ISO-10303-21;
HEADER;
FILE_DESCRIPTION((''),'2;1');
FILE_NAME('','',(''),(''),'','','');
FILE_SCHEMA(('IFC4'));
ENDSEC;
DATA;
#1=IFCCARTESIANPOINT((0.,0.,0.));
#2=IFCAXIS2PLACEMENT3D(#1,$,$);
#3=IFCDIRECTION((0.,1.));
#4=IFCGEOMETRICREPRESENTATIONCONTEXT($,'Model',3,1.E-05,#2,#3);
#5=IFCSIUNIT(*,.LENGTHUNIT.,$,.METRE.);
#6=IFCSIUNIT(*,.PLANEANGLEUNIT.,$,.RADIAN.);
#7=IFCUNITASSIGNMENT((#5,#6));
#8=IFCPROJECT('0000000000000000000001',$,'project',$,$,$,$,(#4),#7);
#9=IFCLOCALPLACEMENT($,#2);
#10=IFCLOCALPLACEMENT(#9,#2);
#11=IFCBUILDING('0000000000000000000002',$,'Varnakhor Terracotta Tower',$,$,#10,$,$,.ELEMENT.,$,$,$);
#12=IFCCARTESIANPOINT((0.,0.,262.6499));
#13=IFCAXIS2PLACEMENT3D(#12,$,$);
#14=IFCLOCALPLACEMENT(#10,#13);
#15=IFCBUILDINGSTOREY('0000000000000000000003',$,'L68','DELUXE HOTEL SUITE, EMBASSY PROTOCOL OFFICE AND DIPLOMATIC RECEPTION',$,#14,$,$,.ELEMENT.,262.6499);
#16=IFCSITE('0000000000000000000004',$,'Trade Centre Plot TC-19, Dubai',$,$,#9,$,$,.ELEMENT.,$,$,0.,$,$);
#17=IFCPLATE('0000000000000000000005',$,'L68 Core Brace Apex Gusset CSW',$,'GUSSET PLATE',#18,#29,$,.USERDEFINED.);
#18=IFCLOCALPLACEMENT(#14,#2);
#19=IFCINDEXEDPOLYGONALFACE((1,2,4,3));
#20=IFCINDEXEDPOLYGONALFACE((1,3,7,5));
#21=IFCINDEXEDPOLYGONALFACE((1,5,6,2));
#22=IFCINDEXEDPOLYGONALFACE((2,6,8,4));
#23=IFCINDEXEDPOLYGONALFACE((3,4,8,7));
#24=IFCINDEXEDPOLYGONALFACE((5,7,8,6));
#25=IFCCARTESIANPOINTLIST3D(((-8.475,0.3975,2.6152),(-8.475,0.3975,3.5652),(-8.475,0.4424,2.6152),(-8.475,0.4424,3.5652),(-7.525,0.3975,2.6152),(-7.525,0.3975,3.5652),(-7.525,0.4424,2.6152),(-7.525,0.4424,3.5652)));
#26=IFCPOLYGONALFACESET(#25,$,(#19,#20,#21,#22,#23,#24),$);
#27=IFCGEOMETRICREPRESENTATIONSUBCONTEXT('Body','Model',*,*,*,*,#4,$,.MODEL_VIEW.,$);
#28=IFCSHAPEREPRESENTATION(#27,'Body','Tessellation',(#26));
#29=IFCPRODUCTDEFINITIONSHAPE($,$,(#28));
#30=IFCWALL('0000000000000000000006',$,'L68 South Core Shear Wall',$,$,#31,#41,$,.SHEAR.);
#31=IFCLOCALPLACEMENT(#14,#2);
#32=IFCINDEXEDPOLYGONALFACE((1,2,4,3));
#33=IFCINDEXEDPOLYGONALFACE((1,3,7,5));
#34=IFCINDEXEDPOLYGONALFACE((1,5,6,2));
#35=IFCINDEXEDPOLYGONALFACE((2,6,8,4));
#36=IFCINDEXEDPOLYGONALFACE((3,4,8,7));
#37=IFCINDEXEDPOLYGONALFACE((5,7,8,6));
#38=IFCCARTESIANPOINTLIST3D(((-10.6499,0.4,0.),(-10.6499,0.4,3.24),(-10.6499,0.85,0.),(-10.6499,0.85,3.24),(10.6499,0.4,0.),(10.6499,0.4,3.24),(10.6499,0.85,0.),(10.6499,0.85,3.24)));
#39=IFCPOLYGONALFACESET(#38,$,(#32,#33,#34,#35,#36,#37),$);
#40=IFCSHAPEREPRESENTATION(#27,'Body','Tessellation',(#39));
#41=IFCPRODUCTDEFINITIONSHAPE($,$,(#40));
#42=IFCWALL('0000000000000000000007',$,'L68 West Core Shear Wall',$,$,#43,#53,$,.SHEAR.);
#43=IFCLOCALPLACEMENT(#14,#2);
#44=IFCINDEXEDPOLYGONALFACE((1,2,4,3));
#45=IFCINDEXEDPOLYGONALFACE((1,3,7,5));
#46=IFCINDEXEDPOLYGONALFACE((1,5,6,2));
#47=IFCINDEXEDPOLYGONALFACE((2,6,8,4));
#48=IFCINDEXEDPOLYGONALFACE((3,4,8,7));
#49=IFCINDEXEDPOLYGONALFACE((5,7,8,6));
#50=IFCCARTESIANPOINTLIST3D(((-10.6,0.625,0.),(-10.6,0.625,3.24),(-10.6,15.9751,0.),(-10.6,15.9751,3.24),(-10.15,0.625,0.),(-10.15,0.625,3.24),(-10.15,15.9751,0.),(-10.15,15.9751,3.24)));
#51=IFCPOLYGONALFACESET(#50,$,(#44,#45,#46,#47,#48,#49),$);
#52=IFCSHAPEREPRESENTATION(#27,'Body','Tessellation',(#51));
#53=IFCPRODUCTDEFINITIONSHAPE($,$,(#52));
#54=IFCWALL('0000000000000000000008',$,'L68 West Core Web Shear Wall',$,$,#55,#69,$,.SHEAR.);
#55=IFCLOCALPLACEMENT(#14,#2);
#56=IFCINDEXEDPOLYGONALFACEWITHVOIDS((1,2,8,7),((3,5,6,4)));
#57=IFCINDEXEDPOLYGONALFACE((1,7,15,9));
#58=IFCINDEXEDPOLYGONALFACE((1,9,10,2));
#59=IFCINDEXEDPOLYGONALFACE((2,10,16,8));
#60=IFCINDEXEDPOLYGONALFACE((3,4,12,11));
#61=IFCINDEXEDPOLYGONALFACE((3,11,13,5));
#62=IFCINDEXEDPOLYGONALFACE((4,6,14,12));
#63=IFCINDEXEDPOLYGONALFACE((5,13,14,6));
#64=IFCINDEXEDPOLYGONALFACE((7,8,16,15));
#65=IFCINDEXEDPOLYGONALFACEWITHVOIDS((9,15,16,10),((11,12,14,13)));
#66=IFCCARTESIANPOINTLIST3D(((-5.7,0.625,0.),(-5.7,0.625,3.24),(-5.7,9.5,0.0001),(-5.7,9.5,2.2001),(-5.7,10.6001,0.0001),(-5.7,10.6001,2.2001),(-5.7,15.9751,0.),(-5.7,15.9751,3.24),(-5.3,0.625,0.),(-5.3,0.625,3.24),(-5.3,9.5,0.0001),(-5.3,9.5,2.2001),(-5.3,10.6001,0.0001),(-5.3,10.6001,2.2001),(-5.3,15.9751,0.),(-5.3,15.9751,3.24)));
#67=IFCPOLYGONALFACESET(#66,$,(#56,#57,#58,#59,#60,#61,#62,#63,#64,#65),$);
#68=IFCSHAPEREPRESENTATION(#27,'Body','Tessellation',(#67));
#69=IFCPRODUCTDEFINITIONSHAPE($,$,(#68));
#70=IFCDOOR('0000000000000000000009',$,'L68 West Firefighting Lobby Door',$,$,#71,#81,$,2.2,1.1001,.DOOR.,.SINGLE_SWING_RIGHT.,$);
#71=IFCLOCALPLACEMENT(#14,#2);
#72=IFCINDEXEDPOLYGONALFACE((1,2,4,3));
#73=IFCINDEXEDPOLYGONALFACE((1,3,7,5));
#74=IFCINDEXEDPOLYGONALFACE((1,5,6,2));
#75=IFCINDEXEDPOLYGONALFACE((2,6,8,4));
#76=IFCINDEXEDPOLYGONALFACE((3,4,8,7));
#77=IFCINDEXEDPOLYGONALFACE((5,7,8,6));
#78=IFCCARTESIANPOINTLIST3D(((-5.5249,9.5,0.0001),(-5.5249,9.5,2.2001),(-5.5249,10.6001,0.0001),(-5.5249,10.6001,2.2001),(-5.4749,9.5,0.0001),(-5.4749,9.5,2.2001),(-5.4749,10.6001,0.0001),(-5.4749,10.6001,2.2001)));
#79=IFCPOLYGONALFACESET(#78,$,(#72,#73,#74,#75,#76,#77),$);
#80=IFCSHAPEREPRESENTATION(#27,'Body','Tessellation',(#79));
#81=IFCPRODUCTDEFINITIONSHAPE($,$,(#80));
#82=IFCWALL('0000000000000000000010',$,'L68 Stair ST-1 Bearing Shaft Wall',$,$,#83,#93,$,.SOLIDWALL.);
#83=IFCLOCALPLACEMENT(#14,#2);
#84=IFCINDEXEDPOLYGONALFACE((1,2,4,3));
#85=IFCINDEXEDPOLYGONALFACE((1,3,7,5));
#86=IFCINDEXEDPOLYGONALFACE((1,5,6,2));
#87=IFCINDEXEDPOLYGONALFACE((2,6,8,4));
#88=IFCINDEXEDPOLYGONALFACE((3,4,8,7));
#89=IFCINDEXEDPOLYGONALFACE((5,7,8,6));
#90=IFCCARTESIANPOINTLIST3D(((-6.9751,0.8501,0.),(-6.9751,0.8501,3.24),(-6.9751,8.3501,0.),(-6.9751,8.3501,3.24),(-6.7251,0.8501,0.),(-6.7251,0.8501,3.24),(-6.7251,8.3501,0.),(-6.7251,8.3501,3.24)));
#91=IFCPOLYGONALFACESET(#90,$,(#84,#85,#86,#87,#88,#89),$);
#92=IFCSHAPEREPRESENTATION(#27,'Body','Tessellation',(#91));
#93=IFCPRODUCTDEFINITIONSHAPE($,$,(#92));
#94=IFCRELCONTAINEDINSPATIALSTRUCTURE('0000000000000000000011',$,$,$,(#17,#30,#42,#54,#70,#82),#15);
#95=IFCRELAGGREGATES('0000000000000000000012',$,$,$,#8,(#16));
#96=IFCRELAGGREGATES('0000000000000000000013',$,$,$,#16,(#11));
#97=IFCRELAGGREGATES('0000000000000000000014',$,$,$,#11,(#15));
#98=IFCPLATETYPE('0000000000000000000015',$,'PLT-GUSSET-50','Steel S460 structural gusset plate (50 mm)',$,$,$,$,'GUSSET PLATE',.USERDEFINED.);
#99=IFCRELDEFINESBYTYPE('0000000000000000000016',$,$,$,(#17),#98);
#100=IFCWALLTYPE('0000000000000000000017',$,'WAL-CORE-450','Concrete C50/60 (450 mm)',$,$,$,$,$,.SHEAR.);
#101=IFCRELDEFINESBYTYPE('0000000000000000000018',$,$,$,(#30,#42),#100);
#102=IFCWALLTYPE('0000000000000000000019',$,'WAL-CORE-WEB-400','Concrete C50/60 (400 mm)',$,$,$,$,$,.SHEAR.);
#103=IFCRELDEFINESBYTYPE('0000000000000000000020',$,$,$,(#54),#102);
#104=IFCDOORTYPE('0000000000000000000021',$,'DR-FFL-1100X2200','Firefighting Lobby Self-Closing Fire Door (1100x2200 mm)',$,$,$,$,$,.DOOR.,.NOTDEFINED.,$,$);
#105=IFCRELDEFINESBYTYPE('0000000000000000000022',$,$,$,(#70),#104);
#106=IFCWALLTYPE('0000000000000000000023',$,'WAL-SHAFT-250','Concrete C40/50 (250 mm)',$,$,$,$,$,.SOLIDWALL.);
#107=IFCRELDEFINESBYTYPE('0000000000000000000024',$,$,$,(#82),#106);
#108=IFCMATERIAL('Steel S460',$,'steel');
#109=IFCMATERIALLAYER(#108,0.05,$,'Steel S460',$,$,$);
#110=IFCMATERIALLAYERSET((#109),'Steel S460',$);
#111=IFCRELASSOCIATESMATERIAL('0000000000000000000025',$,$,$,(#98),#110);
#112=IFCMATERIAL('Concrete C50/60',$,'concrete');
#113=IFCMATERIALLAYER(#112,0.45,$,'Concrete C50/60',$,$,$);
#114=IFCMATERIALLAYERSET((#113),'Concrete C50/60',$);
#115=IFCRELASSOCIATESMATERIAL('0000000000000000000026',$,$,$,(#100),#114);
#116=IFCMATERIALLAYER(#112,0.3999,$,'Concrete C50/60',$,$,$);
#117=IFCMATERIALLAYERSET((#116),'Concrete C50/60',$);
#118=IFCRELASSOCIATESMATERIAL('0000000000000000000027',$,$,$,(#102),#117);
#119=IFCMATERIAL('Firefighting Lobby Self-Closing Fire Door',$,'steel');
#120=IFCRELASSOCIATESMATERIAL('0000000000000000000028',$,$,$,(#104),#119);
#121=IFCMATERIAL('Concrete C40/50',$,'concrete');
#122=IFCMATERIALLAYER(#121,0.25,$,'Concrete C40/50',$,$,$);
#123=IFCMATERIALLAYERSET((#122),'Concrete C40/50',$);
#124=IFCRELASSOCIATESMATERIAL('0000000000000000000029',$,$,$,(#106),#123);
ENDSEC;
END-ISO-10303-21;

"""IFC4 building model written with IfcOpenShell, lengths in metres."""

from ifc_helpers import new_model, si_unit, direction, frame, frame_2d, origin, origin_2d, place, context, subcontext, project, spatial, rectangle, extrude, source, transform, mapped, material, layer, layer_set, type_object, type_shapes, element, fill, save


model = new_model("IFC4")

# Units and contexts
model_context = context("Model", 3, precision=1e-05, world=origin(), true_north=direction((0.0, 1.0)))
body_context = subcontext(model_context, "Body", "Model", "MODEL_VIEW")
ifc_project = project(units=[si_unit("LENGTHUNIT", "METRE"), si_unit("PLANEANGLEUNIT", "RADIAN")], contexts=[model_context])

# Site, building, storey
site_placement = place(None, origin())
site = spatial("IfcSite", under=ifc_project, at=site_placement, Name="Trade Centre Plot TC-19, Dubai", CompositionType="ELEMENT", RefElevation=0.0)
building_placement = place(site_placement, origin())
building = spatial("IfcBuilding", under=site, at=building_placement, Name="Varnakhor Terracotta Tower", CompositionType="ELEMENT")
storey_placement = place(building_placement, frame((0.0, 0.0, 262.6499)))
storey = spatial("IfcBuildingStorey", under=building, at=storey_placement, Name="L68", Description="DELUXE HOTEL SUITE, EMBASSY PROTOCOL OFFICE AND DIPLOMATIC RECEPTION", CompositionType="ELEMENT", Elevation=262.6499)

# Shared definitions
ifc_material_1 = material(Name="Concrete C50/60", Category="concrete")

# Plate
ifc_material_2 = material(Name="Steel S460", Category="steel")
ifc_layer_1 = layer(ifc_material_2, 0.05, Name="Steel S460")
ifc_layer_set_1 = layer_set([ifc_layer_1], Name="Steel S460")
plate_type = type_object("IfcPlateType", Name="PLT-GUSSET-50", Description="Steel S460 structural gusset plate (50 mm)", ElementType="GUSSET PLATE", PredefinedType="USERDEFINED", material=ifc_layer_set_1)
shared_shape_1 = source(origin(), body_context, "Body", "SweptSolid", [
    extrude(rectangle(XDim=0.95, YDim=0.0449, at=origin_2d()), origin(), (0.0, 0.0, 1.0), 0.95),
])
plate_placement = place(storey_placement, frame((-8.0, 0.4199, 2.6152), z_axis=(0.0, 0.0, 1.0), x_axis=(1.0, 0.0, 0.0)))
element("IfcPlate", 1, at=plate_placement, inside=storey, type_object=plate_type, Name="L68 Core Brace Apex Gusset CSW", ObjectType="GUSSET PLATE", PredefinedType="USERDEFINED", context=body_context, shape_type="MappedRepresentation", body=[
    mapped(shared_shape_1, transform((0.0, 0.0, 0.0), scale=1.0)),
])

# Walls
ifc_layer_2 = layer(ifc_material_1, 0.45, Name="Concrete C50/60")
ifc_layer_set_2 = layer_set([ifc_layer_2], Name="Concrete C50/60")
wall_type_1 = type_object("IfcWallType", Name="WAL-CORE-450", Description="Concrete C50/60 (450 mm)", PredefinedType="SHEAR", material=ifc_layer_set_2)
wall_1_placement = place(storey_placement, frame((-10.6499, 0.625, 0.0), z_axis=(0.0, 0.0, 1.0), x_axis=(1.0, 0.0, 0.0)))
element("IfcWall", 2, at=wall_1_placement, inside=storey, type_object=wall_type_1, Name="L68 South Core Shear Wall", PredefinedType="SHEAR", context=body_context, shape_type="SweptSolid", body=[
    extrude(rectangle(XDim=21.2998, YDim=0.45, at=frame_2d((10.6499, 0.0))), origin(), (0.0, 0.0, 1.0), 3.24),
])
wall_2_placement = place(storey_placement, frame((-10.375, 0.625, 0.0), z_axis=(0.0, 0.0, 1.0), x_axis=(0.0, 1.0, 0.0)))
element("IfcWall", 3, at=wall_2_placement, inside=storey, type_object=wall_type_1, Name="L68 West Core Shear Wall", PredefinedType="SHEAR", context=body_context, shape_type="SweptSolid", body=[
    extrude(rectangle(XDim=15.3501, YDim=0.45, at=frame_2d((7.675, 0.0))), origin(), (0.0, 0.0, 1.0), 3.24),
])

# Wall, opening, door
ifc_layer_3 = layer(ifc_material_1, 0.3999, Name="Concrete C50/60")
ifc_layer_set_3 = layer_set([ifc_layer_3], Name="Concrete C50/60")
wall_type_2 = type_object("IfcWallType", Name="WAL-CORE-WEB-400", Description="Concrete C50/60 (400 mm)", PredefinedType="SHEAR", material=ifc_layer_set_3)
wall_3_placement = place(storey_placement, frame((-5.5, 0.625, 0.0), z_axis=(0.0, 0.0, 1.0), x_axis=(0.0, 1.0, 0.0)))
wall_3 = element("IfcWall", 4, at=wall_3_placement, inside=storey, type_object=wall_type_2, Name="L68 West Core Web Shear Wall", PredefinedType="SHEAR", context=body_context, shape_type="SweptSolid", body=[
    extrude(rectangle(XDim=15.3501, YDim=0.3999, at=frame_2d((7.675, 0.0))), origin(), (0.0, 0.0, 1.0), 3.24),
])
opening_placement = place(wall_3_placement, frame((8.875, 0.0, 0.0)))
opening = element("IfcOpeningElement", 5, at=opening_placement, cuts=wall_3, PredefinedType="OPENING", context=body_context, shape_type="SweptSolid", body=[
    extrude(rectangle(XDim=1.1001, YDim=2.2, at=frame_2d((0.55, 1.1001))), frame((0.0, 0.21, 0.0), z_axis=(0.0, -1.0, 0.0), x_axis=(1.0, 0.0, 0.0)), (0.0, 0.0, 1.0), 0.4199),
])
ifc_material_3 = material(Name="Firefighting Lobby Self-Closing Fire Door", Category="steel")
door_type = type_object("IfcDoorType", Name="DR-FFL-1100X2200", Description="Firefighting Lobby Self-Closing Fire Door (1100x2200 mm)", OperationType="NOTDEFINED", PredefinedType="DOOR", material=ifc_material_3)
shared_shape_2 = source(origin(), body_context, "Body", "SweptSolid", [
    extrude(rectangle(XDim=1.1001, YDim=2.2, at=frame_2d((0.55, 1.1001))), frame((0.0, 0.0249, 0.0), z_axis=(0.0, -1.0, 0.0), x_axis=(1.0, 0.0, 0.0)), (0.0, 0.0, 1.0), 0.05),
])
type_shapes(door_type, [shared_shape_2])
door_placement = place(opening_placement, origin())
door = element("IfcDoor", 6, at=door_placement, inside=storey, type_object=door_type, Name="L68 West Firefighting Lobby Door", OperationType="SINGLE_SWING_RIGHT", OverallHeight=2.2, OverallWidth=1.1001, PredefinedType="DOOR", context=body_context, shape_type="MappedRepresentation", body=[
    mapped(shared_shape_2, transform((0.0, 0.0, 0.0), scale=1.0)),
])
fill(opening, door)

# Wall
ifc_material_4 = material(Name="Concrete C40/50", Category="concrete")
ifc_layer_4 = layer(ifc_material_4, 0.25, Name="Concrete C40/50")
ifc_layer_set_4 = layer_set([ifc_layer_4], Name="Concrete C40/50")
wall_type_3 = type_object("IfcWallType", Name="WAL-SHAFT-250", Description="Concrete C40/50 (250 mm)", PredefinedType="SOLIDWALL", material=ifc_layer_set_4)
wall_4_placement = place(storey_placement, frame((-6.8501, 0.8501, 0.0), z_axis=(0.0, 0.0, 1.0), x_axis=(0.0, 1.0, 0.0)))
element("IfcWall", 7, at=wall_4_placement, inside=storey, type_object=wall_type_3, Name="L68 Stair ST-1 Bearing Shaft Wall", PredefinedType="SOLIDWALL", context=body_context, shape_type="SweptSolid", body=[
    extrude(rectangle(XDim=7.5, YDim=0.25, at=frame_2d((3.75, 0.0))), origin(), (0.0, 0.0, 1.0), 3.24),
])

save(model, "model.ifc")
